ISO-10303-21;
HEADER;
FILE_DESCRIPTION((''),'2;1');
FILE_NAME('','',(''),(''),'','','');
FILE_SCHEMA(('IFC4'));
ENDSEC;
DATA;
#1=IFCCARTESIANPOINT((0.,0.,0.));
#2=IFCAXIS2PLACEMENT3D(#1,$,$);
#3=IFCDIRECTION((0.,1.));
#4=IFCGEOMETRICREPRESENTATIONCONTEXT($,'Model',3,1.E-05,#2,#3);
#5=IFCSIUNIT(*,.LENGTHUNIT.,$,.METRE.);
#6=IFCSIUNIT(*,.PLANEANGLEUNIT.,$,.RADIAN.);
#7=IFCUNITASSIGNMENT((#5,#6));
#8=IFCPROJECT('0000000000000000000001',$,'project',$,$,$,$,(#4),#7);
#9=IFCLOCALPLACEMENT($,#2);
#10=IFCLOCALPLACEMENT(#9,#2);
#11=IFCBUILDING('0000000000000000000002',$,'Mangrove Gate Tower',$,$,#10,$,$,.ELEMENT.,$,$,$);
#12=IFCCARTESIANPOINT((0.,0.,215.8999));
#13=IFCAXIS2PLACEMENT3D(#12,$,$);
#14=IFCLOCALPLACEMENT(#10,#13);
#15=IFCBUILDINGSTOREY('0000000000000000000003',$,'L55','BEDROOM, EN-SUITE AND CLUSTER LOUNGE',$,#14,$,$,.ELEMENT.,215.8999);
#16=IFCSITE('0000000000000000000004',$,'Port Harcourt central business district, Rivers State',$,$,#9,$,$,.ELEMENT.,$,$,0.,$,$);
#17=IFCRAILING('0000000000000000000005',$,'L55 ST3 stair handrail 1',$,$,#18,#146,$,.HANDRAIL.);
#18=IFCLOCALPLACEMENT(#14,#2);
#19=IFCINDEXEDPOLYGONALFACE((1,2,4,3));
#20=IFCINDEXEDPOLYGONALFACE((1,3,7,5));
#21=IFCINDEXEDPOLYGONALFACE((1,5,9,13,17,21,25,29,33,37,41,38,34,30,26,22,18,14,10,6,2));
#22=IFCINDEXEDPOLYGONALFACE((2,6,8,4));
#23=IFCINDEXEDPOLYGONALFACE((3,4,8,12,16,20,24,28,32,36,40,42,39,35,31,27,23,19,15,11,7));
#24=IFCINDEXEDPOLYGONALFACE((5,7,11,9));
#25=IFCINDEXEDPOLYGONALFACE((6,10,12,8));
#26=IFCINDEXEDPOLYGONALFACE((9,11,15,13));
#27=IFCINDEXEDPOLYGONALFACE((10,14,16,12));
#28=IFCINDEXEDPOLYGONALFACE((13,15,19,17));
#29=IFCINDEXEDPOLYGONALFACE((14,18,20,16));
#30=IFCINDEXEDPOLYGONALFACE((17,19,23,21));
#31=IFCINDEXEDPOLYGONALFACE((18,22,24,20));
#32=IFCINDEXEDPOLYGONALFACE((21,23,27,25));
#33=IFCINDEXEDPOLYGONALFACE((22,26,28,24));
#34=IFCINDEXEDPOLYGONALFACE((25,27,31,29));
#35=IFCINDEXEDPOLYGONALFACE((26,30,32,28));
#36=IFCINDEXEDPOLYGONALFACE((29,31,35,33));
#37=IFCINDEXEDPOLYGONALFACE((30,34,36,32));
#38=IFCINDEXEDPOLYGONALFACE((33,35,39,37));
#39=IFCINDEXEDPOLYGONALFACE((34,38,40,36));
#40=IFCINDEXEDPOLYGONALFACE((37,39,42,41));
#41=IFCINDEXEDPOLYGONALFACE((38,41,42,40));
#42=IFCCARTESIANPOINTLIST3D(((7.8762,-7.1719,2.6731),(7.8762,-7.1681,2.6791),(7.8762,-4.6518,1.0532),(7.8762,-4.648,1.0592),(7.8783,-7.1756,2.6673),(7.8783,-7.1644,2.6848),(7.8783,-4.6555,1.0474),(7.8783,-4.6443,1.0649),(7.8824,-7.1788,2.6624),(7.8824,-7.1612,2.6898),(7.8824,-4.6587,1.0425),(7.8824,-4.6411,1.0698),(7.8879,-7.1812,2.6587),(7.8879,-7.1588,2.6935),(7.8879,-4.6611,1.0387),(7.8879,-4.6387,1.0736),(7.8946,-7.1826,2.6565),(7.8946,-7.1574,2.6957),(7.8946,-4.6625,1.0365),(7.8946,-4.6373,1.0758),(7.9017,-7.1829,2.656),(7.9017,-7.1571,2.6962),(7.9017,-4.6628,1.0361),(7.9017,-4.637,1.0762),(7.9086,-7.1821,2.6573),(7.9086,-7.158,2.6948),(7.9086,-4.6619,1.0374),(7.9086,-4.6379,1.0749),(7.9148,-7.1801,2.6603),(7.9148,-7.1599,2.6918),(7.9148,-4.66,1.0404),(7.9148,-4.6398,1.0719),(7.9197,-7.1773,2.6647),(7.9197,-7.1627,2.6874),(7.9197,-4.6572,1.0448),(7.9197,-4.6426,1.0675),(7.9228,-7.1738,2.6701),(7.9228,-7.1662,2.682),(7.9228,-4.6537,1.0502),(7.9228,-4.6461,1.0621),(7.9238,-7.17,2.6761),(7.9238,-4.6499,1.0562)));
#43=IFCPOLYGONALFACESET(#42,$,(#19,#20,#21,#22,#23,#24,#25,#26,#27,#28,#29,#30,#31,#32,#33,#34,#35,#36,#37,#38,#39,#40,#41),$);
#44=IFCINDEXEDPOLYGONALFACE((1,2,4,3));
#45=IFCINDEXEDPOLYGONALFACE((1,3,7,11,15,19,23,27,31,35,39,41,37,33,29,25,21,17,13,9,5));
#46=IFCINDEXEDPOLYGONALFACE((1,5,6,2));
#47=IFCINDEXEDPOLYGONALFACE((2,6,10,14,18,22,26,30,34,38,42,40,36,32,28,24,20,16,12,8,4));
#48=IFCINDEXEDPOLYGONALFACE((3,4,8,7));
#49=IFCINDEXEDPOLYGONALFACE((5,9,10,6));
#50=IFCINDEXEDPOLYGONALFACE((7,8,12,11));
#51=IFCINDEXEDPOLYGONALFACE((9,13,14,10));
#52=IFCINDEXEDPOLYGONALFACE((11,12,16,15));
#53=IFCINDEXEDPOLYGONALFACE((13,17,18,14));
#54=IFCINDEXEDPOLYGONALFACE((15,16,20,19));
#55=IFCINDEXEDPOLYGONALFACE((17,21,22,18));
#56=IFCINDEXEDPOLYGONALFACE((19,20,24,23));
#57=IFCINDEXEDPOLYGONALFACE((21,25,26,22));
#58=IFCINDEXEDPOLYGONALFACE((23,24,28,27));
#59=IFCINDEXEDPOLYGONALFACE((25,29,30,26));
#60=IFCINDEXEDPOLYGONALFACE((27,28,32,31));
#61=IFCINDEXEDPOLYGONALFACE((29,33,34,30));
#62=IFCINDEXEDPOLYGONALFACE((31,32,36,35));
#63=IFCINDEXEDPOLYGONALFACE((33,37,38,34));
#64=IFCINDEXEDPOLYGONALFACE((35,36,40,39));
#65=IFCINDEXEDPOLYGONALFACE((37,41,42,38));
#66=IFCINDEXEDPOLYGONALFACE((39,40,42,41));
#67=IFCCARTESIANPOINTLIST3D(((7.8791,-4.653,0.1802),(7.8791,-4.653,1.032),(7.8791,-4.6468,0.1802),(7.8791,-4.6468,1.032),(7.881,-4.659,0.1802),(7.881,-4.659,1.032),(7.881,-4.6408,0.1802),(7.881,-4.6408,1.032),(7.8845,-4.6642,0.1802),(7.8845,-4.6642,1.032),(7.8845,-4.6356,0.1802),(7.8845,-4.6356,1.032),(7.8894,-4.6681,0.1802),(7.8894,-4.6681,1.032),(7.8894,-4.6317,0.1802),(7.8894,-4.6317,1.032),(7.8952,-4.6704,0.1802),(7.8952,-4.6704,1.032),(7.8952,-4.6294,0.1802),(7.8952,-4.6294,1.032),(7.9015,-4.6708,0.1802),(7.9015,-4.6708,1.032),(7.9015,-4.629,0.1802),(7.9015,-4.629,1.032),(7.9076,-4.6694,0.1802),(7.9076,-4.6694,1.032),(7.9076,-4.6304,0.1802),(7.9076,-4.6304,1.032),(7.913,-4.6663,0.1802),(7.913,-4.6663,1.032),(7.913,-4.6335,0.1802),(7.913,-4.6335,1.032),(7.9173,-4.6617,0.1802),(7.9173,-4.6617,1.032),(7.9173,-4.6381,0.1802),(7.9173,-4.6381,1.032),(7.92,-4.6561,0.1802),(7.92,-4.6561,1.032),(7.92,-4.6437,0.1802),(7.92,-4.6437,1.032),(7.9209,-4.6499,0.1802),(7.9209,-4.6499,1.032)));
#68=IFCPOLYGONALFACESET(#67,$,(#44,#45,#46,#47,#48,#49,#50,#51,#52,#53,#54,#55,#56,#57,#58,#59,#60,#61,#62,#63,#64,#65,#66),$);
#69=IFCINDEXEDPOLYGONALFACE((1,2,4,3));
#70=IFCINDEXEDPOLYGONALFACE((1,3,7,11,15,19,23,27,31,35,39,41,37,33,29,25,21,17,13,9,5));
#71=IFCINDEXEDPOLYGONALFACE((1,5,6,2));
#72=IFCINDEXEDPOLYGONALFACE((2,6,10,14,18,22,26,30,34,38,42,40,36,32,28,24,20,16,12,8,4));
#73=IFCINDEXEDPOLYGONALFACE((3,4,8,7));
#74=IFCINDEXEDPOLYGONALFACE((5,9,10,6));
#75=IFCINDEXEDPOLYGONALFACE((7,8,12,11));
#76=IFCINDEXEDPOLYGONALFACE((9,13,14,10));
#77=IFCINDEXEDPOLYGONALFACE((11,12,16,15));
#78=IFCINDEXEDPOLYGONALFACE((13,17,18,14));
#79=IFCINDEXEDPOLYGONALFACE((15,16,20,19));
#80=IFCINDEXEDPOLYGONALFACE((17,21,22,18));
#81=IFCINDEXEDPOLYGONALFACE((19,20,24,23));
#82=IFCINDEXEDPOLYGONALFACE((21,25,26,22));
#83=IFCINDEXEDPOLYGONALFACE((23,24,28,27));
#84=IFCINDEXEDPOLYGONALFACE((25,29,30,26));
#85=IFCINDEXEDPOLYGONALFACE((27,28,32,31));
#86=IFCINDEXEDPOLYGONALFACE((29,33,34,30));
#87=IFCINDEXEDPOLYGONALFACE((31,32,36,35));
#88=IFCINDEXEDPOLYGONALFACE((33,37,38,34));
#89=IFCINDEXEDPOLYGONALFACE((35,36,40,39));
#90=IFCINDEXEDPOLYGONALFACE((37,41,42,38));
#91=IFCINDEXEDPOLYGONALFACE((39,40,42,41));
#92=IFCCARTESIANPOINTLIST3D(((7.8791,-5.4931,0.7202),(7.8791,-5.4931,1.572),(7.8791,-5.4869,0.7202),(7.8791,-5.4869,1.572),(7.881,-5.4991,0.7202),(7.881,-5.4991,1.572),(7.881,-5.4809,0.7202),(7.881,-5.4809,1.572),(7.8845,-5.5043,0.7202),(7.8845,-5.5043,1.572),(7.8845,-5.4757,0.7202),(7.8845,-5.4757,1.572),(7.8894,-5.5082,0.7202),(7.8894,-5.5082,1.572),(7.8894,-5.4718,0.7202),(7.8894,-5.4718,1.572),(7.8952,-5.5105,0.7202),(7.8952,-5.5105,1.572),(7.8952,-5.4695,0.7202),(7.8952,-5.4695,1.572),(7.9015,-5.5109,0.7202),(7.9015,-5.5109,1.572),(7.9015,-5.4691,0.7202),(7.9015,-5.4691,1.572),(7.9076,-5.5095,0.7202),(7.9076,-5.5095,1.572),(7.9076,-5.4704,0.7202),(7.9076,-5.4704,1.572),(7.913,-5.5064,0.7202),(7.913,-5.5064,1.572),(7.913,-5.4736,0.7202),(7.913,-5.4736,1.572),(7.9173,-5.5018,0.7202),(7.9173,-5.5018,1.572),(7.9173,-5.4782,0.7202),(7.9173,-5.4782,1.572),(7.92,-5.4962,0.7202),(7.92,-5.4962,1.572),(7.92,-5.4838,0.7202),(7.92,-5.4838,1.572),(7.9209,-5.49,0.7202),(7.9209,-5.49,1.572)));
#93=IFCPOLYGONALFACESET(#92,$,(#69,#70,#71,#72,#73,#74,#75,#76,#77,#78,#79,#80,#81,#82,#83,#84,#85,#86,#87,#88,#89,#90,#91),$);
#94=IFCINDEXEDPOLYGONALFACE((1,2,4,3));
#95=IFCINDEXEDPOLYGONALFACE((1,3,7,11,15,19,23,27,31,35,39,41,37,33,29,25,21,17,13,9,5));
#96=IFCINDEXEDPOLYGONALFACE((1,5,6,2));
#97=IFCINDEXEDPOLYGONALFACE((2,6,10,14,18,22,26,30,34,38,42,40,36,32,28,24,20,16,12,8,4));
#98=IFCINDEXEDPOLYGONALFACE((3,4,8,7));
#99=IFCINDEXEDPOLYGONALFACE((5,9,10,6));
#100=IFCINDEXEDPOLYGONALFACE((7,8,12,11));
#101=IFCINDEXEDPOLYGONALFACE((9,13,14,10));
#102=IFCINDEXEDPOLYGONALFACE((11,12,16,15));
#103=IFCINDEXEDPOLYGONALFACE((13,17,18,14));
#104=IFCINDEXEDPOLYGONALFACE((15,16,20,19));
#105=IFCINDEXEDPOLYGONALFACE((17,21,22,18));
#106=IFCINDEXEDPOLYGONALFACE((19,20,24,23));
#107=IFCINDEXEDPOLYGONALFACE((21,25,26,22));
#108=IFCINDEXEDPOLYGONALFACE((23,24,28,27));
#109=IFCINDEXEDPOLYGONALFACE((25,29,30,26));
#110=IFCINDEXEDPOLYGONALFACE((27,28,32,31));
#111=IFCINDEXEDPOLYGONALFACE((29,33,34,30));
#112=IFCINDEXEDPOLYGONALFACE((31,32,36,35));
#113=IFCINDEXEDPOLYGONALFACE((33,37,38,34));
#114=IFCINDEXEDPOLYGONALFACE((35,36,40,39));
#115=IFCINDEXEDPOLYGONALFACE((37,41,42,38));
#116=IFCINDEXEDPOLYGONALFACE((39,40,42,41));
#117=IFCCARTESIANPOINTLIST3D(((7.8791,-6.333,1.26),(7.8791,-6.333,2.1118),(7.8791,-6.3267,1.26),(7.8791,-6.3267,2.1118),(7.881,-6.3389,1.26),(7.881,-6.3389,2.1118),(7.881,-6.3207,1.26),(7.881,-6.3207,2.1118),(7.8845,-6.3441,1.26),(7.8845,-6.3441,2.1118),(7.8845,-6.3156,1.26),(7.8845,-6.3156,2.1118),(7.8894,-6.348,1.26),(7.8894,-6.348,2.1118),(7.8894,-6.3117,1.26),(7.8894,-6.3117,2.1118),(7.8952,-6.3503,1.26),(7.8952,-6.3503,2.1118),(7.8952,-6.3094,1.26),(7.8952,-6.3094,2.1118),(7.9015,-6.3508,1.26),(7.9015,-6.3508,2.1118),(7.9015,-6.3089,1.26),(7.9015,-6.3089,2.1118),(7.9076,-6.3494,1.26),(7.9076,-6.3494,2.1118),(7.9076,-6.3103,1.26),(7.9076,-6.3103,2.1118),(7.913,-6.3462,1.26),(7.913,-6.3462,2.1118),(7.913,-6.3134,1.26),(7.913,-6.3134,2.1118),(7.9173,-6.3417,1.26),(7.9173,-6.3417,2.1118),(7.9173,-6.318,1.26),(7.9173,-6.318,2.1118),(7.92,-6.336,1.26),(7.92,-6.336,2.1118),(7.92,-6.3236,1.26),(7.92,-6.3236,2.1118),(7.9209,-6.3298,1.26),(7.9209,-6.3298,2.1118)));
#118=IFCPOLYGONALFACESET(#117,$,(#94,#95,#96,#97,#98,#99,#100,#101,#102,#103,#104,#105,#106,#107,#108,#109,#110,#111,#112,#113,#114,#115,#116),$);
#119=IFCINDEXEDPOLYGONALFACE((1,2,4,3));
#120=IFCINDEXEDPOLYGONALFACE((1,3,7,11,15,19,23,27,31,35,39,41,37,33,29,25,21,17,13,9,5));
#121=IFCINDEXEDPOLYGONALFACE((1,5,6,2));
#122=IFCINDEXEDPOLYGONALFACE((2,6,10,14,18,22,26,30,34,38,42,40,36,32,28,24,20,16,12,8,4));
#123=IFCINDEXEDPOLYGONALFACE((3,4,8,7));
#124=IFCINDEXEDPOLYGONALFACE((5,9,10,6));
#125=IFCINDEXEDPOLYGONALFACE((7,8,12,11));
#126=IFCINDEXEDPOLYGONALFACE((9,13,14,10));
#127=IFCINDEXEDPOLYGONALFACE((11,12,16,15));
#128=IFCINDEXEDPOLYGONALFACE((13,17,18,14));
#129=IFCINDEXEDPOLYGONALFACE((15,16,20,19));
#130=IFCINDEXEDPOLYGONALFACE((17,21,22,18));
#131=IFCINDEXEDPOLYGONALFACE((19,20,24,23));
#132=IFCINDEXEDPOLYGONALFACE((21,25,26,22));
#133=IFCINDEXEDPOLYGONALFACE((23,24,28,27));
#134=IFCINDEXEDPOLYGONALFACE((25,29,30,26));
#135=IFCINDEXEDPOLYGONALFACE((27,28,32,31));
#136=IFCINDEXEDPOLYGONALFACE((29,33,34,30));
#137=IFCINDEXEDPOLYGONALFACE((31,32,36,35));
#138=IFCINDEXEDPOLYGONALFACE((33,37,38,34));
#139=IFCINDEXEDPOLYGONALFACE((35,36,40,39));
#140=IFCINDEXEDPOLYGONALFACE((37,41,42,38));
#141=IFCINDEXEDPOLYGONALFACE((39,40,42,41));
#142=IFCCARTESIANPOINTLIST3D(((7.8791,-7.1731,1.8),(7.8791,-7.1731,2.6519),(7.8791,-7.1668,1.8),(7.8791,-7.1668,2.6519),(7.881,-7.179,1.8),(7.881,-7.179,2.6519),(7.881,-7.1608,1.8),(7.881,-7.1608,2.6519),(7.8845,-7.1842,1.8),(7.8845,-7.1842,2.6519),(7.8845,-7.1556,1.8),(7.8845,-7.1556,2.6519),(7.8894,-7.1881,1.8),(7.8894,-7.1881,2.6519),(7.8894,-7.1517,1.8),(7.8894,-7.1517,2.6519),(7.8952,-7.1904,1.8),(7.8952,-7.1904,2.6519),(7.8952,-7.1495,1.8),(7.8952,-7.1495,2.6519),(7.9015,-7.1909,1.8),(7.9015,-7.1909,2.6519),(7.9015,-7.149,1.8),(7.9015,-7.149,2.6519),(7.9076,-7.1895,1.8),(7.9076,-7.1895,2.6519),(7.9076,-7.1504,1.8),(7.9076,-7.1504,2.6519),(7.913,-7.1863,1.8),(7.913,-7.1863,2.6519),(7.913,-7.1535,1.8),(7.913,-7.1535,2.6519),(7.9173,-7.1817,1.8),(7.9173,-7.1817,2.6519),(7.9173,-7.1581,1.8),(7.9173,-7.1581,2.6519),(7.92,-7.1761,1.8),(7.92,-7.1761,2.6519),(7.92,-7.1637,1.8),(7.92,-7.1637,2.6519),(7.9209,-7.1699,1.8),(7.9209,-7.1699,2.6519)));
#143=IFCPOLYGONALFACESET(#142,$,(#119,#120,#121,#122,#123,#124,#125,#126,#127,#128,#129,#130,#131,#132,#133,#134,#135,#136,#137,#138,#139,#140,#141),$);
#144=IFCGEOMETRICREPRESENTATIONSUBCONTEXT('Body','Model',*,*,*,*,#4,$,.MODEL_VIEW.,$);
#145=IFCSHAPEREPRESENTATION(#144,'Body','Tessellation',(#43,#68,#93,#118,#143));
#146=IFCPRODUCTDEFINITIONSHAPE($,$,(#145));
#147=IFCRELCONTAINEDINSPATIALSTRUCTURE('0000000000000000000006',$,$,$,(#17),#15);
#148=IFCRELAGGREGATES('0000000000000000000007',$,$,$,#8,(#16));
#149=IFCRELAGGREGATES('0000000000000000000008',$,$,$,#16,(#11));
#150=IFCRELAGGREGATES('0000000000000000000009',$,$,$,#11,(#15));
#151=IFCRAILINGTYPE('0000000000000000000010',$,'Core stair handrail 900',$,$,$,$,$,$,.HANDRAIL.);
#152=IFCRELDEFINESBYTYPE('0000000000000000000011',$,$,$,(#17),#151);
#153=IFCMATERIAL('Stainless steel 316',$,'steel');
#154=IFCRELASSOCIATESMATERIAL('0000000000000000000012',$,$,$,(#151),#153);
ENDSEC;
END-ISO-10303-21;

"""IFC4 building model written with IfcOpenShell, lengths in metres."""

from ifc_helpers import new_model, si_unit, direction, frame, origin, origin_2d, place, context, subcontext, project, spatial, circle, extrude, material, type_object, element, save


model = new_model("IFC4")

# Units and contexts
model_context = context("Model", 3, precision=1e-05, world=origin(), true_north=direction((0.0, 1.0)))
body_context = subcontext(model_context, "Body", "Model", "MODEL_VIEW")
ifc_project = project(units=[si_unit("LENGTHUNIT", "METRE"), si_unit("PLANEANGLEUNIT", "RADIAN")], contexts=[model_context])

# Site, building, storey
site_placement = place(None, origin())
site = spatial("IfcSite", under=ifc_project, at=site_placement, Name="Port Harcourt central business district, Rivers State", CompositionType="ELEMENT", RefElevation=0.0)
building_placement = place(site_placement, origin())
building = spatial("IfcBuilding", under=site, at=building_placement, Name="Mangrove Gate Tower", CompositionType="ELEMENT")
storey_placement = place(building_placement, frame((0.0, 0.0, 215.8999)))
storey = spatial("IfcBuildingStorey", under=building, at=storey_placement, Name="L55", Description="BEDROOM, EN-SUITE AND CLUSTER LOUNGE", CompositionType="ELEMENT", Elevation=215.8999)

# Railing
ifc_material_1 = material(Name="Stainless steel 316", Category="steel")
railing_type_1 = type_object("IfcRailingType", Name="Core stair handrail 900", PredefinedType="HANDRAIL", material=ifc_material_1)
railing_1_placement = place(storey_placement, frame((7.8999, -4.6499, 0.1802)))
element("IfcRailing", 1, at=railing_1_placement, inside=storey, type_object=railing_type_1, Name="L55 ST3 stair handrail 1", PredefinedType="HANDRAIL", context=body_context, shape_type="SweptSolid", body=[
    extrude(circle(Radius=0.0239, at=origin_2d()), frame((0.0, 0.0, 0.876), z_axis=(0.0, -0.8412, 0.540725), x_axis=(1.0, 0.0, 0.0)), (0.0, 0.0, 1.0), 2.9958),
    extrude(circle(Radius=0.021, at=origin_2d()), origin(), (0.0, 0.0, 1.0), 0.8518),
    extrude(circle(Radius=0.021, at=origin_2d()), frame((0.0, -0.8401, 0.54)), (0.0, 0.0, 1.0), 0.8518),
    extrude(circle(Radius=0.021, at=origin_2d()), frame((0.0, -1.6799, 1.0798)), (0.0, 0.0, 1.0), 0.8518),
    extrude(circle(Radius=0.021, at=origin_2d()), frame((0.0, -2.52, 1.6199)), (0.0, 0.0, 1.0), 0.8518),
])

save(model, "model.ifc")
